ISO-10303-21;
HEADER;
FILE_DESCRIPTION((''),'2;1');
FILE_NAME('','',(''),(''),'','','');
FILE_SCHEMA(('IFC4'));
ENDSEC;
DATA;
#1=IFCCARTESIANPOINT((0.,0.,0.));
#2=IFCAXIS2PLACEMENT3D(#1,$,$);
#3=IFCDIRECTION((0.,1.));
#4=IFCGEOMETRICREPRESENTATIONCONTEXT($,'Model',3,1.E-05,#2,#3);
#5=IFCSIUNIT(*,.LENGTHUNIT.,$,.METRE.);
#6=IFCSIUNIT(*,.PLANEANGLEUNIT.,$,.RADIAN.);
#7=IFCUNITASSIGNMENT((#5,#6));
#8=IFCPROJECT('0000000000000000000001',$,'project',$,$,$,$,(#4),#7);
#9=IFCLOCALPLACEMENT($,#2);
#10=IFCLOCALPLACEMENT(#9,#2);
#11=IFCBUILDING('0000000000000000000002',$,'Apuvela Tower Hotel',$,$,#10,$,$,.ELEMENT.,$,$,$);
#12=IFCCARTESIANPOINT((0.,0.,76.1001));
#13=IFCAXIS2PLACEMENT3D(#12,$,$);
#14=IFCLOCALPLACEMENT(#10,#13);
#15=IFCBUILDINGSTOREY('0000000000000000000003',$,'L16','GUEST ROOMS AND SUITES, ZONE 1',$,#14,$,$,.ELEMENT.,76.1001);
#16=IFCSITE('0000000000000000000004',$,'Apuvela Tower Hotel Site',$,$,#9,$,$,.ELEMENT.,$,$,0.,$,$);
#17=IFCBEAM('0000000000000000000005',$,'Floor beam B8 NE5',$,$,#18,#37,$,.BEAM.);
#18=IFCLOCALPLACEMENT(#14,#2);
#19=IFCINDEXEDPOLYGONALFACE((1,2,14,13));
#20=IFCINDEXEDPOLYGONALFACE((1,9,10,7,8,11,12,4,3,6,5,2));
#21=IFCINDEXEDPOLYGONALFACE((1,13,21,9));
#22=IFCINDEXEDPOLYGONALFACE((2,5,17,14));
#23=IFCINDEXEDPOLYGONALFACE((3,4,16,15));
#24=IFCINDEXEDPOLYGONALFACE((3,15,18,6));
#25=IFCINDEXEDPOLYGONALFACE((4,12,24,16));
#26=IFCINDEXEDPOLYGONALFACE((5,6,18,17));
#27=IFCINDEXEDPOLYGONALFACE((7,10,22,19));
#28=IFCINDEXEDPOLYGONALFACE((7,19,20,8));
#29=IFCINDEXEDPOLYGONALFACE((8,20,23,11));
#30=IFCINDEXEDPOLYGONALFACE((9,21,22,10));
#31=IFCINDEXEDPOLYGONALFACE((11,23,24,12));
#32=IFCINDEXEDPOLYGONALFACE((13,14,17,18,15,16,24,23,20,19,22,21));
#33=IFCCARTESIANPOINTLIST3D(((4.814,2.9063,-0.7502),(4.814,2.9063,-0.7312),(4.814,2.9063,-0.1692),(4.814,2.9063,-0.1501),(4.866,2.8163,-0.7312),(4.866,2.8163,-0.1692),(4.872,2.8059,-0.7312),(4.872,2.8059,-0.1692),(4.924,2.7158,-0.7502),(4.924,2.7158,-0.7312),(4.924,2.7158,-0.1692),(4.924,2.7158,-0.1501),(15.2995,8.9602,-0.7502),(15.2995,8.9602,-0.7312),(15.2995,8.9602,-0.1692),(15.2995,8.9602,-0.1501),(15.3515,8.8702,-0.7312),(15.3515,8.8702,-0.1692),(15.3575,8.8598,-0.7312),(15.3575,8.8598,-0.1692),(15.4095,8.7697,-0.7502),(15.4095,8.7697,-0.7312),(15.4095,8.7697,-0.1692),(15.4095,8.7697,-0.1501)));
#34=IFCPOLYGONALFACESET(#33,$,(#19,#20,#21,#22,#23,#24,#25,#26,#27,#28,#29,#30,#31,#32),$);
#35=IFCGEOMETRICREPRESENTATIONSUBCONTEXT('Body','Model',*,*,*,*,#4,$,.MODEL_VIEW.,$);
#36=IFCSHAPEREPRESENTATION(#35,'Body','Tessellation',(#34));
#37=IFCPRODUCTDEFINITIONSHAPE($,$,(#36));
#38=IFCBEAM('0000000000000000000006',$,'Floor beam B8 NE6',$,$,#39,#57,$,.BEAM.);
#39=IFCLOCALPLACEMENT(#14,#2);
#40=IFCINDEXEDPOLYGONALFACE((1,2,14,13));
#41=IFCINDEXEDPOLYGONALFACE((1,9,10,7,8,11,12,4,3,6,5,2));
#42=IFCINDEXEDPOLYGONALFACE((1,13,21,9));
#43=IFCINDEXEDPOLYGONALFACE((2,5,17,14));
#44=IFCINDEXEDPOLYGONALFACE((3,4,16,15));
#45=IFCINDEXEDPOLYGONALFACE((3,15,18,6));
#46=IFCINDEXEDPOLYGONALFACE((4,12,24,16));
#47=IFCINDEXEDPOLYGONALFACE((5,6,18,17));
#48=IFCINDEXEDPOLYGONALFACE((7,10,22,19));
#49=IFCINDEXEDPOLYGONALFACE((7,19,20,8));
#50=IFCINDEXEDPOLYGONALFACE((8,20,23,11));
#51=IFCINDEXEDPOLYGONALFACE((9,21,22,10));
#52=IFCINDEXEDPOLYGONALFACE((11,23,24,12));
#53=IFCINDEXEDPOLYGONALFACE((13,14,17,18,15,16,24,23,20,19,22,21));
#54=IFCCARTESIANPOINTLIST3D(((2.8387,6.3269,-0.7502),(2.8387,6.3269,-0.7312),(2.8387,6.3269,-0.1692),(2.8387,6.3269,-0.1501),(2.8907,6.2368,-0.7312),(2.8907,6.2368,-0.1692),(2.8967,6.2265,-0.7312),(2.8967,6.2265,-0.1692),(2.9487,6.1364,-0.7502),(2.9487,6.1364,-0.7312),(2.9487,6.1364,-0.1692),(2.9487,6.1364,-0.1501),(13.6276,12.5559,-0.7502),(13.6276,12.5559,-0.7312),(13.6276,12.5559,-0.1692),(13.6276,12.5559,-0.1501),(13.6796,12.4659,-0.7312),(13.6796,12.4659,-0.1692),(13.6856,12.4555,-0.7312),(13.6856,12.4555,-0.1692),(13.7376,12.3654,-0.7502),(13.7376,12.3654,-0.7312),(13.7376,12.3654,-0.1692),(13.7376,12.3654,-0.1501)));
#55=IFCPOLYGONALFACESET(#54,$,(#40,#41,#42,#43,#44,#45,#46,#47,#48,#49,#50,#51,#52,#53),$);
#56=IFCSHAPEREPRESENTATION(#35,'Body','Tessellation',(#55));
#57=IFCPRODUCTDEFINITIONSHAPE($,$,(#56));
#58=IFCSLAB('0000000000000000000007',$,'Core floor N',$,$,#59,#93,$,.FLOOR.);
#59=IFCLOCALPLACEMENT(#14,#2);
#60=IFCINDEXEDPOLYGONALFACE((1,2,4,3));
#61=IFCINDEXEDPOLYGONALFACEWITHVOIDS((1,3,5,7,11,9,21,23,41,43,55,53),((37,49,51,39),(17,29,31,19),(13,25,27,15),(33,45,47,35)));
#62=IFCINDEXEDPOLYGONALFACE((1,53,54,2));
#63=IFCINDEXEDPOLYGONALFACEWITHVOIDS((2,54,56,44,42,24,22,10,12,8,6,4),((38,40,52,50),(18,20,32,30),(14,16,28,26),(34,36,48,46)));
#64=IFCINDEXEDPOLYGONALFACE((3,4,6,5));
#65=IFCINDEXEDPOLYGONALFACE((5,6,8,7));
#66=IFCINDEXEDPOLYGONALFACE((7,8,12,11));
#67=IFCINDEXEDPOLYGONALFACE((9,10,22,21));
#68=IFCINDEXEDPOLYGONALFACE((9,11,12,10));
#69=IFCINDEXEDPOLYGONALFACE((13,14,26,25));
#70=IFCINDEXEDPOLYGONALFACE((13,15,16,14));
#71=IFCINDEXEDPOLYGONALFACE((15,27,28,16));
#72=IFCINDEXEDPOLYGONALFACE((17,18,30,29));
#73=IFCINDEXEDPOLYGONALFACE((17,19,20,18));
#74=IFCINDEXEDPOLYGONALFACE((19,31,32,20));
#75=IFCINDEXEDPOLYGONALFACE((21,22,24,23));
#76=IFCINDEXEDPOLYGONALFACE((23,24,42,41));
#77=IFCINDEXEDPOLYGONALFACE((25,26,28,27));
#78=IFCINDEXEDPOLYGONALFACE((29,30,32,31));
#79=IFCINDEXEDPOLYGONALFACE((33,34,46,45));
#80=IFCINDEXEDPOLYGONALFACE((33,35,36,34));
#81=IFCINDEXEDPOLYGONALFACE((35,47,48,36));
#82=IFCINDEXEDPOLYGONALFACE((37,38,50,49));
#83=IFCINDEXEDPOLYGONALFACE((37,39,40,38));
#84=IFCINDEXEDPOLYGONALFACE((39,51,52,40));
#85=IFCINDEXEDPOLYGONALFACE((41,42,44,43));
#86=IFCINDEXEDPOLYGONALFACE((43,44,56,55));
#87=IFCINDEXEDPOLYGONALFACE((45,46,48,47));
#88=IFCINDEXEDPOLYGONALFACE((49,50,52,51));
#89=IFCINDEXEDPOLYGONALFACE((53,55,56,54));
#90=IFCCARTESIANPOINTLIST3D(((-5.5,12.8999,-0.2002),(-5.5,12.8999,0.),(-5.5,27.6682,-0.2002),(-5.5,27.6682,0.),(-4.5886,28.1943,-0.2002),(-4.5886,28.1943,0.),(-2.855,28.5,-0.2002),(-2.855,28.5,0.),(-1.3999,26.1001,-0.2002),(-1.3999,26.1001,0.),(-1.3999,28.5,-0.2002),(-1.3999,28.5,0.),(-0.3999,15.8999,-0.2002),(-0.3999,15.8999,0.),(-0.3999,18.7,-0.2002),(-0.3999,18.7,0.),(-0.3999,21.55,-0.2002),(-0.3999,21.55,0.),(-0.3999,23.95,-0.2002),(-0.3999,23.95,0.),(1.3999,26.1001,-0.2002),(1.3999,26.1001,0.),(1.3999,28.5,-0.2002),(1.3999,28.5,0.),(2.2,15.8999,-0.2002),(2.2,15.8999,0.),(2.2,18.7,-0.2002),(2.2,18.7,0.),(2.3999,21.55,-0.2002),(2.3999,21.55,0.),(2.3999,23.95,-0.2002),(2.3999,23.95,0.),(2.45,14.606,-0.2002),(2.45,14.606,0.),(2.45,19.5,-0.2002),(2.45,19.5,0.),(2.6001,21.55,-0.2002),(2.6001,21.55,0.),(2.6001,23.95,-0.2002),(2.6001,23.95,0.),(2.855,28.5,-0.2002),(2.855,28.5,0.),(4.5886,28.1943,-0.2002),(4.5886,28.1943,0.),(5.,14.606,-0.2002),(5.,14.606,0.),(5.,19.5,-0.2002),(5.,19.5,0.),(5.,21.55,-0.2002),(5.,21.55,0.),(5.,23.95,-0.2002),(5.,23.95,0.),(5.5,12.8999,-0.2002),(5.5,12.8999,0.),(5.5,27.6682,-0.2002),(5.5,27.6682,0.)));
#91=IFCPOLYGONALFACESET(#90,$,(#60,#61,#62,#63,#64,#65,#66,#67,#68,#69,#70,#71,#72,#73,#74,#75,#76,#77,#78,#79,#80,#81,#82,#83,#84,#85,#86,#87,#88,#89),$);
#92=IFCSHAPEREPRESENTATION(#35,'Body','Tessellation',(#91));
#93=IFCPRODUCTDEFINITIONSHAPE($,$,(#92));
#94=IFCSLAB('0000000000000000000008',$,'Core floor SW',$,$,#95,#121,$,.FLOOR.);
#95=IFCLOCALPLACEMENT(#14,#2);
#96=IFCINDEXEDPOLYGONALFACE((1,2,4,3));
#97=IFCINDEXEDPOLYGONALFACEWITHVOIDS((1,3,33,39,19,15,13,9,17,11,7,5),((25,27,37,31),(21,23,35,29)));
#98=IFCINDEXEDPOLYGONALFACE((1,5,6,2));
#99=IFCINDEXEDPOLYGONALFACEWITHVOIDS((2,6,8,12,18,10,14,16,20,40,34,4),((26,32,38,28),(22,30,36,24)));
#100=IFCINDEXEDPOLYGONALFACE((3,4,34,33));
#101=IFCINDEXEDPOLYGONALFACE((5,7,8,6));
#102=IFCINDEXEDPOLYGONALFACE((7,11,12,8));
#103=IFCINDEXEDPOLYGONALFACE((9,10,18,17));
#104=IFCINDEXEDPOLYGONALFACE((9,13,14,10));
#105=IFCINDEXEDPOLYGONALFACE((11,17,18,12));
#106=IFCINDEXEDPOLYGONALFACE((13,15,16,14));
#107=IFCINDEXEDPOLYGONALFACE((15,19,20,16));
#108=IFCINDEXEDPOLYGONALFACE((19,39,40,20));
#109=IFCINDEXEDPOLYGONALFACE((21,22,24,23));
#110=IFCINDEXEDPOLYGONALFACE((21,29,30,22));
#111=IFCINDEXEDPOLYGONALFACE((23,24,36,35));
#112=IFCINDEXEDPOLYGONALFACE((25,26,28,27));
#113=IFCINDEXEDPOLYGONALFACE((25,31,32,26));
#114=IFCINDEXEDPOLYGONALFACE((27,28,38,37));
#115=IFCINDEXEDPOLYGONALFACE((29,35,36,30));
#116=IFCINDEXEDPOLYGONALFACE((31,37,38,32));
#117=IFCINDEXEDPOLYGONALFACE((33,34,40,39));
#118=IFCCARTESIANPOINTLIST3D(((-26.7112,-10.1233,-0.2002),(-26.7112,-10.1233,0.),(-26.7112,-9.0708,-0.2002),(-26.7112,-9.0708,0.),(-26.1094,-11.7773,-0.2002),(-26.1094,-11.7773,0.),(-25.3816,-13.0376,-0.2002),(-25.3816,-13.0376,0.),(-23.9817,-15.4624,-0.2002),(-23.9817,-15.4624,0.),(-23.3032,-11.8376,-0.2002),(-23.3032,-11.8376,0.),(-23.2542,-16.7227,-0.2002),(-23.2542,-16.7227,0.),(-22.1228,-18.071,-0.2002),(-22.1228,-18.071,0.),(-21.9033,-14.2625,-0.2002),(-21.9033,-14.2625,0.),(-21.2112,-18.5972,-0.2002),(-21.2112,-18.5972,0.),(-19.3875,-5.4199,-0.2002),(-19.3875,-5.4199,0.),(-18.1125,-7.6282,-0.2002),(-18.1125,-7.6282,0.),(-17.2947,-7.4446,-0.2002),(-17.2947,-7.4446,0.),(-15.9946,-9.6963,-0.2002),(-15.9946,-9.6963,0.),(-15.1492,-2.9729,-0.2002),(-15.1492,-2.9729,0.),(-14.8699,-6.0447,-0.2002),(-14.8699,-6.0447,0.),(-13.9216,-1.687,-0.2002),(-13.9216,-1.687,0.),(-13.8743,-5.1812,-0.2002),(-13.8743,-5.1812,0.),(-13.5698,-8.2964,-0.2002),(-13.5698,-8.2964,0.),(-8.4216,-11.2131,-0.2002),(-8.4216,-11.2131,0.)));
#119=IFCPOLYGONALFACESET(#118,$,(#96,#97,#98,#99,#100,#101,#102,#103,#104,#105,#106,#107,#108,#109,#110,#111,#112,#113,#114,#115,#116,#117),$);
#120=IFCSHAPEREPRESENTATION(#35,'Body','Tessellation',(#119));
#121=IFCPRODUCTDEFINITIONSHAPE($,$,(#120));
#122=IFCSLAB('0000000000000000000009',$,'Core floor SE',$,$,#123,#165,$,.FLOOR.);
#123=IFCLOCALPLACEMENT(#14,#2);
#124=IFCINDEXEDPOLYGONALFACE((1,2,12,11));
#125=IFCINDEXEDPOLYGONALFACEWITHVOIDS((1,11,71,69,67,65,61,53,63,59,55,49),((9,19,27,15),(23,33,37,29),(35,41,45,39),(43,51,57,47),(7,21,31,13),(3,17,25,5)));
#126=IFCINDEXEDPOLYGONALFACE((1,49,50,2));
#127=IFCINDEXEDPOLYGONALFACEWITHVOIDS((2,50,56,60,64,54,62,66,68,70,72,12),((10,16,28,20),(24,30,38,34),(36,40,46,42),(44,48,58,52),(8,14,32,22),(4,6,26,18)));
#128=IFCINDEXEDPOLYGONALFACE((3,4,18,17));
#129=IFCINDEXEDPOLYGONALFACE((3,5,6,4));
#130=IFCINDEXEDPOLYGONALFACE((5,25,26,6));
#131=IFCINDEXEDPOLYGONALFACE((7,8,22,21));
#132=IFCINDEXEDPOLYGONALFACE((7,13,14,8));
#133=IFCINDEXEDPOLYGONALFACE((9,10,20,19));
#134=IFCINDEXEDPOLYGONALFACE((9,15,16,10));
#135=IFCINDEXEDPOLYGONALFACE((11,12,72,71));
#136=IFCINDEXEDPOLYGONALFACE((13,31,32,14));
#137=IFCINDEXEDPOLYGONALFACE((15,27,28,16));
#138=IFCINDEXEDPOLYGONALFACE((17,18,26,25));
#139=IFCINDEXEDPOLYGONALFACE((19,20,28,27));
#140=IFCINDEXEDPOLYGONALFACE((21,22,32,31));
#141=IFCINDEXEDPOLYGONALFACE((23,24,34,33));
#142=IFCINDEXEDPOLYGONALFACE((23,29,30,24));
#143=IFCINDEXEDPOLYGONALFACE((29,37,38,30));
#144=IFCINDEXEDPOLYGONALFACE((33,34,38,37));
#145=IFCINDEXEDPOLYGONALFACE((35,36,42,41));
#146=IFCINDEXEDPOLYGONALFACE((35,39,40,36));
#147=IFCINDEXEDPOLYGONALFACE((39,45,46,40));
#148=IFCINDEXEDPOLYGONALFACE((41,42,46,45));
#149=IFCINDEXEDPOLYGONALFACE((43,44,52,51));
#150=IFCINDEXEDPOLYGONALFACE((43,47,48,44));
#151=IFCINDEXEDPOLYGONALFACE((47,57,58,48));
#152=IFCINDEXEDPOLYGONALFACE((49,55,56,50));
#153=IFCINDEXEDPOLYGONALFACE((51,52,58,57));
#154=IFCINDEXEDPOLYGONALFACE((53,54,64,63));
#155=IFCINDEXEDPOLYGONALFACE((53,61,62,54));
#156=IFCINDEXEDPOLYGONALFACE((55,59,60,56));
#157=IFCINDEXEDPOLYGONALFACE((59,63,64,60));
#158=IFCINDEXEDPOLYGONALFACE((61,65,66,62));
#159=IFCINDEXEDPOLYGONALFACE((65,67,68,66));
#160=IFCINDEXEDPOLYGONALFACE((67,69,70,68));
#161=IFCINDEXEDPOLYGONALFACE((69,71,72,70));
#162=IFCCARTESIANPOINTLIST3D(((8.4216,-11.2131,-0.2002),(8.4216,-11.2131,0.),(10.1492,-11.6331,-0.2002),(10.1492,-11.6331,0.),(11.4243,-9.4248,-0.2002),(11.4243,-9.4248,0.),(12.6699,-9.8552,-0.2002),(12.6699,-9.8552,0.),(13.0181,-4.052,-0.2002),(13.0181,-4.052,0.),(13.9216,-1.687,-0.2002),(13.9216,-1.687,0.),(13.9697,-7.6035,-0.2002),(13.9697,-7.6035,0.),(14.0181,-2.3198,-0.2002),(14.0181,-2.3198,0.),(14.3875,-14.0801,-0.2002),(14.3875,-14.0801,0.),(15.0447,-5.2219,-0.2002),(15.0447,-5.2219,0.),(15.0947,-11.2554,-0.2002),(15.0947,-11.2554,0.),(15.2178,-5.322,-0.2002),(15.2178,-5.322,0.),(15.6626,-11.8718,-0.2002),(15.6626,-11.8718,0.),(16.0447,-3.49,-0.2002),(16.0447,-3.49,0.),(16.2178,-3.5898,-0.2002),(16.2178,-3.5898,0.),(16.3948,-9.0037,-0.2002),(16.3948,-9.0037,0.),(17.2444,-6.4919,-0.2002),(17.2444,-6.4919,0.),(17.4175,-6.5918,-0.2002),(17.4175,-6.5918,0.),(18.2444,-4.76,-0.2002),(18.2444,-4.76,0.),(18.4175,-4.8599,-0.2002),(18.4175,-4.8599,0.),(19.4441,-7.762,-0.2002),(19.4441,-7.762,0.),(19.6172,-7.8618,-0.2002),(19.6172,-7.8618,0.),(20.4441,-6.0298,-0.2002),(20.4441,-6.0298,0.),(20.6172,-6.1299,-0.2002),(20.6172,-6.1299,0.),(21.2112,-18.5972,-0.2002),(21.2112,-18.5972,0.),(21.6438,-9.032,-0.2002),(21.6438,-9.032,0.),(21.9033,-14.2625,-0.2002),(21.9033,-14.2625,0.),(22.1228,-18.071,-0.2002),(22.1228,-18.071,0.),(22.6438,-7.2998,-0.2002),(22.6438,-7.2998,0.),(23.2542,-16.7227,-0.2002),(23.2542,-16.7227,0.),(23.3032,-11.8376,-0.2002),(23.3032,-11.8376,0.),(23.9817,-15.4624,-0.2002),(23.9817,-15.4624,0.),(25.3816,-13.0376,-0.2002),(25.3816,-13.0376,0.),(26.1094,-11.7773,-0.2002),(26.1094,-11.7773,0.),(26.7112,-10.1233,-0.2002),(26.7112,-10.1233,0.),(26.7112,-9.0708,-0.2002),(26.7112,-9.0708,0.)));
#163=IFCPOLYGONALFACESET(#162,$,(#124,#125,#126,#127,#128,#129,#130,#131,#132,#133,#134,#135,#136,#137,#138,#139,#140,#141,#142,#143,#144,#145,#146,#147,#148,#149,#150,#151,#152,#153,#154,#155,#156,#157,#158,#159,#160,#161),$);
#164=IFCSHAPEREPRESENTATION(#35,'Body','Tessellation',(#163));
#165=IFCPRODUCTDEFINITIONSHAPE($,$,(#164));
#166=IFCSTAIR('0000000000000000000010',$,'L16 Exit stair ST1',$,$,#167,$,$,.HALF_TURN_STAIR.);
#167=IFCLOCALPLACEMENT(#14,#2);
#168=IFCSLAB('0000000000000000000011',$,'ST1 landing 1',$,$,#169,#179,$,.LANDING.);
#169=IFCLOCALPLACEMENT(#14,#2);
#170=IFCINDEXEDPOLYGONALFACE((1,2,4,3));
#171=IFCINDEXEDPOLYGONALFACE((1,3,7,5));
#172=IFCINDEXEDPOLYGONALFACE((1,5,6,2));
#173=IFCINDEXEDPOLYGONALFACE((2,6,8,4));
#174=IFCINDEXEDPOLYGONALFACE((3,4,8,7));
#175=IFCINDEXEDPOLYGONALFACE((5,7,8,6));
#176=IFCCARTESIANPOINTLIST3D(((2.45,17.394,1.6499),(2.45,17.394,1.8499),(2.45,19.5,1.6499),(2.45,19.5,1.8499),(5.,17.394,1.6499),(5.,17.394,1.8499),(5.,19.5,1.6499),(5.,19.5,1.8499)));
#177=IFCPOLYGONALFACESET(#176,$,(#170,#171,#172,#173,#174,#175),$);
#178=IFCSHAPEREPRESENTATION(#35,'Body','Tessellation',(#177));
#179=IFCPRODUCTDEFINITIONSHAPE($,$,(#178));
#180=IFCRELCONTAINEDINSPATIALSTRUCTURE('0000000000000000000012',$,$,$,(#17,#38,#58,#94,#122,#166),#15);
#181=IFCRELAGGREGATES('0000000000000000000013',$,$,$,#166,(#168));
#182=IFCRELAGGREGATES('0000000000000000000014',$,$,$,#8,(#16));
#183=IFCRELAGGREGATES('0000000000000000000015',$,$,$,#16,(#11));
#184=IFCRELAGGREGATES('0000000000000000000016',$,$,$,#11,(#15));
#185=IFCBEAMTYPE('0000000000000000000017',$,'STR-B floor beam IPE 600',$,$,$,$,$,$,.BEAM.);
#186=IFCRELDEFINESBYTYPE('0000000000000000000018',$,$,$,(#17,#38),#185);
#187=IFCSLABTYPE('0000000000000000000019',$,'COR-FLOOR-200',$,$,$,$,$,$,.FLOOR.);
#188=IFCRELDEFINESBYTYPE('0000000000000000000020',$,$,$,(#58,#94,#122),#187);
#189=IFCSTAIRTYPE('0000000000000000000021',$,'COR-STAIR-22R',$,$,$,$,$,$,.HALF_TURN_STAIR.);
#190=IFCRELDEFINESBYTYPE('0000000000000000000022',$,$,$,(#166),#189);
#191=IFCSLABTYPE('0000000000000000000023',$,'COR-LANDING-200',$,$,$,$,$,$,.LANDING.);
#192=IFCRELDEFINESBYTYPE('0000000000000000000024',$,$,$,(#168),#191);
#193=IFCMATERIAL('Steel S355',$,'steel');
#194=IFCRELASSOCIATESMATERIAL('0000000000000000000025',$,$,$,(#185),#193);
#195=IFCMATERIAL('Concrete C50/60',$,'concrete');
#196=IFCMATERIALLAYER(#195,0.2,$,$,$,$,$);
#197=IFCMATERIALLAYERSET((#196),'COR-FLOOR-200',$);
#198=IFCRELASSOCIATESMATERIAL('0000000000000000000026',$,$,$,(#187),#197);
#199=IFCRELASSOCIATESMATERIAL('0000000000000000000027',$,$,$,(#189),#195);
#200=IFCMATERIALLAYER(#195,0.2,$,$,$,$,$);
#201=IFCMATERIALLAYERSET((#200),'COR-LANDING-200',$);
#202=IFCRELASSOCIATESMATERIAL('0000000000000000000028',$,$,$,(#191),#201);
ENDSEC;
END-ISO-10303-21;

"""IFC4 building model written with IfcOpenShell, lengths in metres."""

from ifc_helpers import new_model, si_unit, direction, frame, origin, origin_2d, place, context, subcontext, project, spatial, polyline, i_section, outline, extrude, material, layer, layer_set, material_profile, profile_set, type_object, element, aggregate, save


model = new_model("IFC4")

# Units and contexts
model_context = context("Model", 3, precision=1e-05, world=origin(), true_north=direction((0.0, 1.0)))
body_context = subcontext(model_context, "Body", "Model", "MODEL_VIEW")
ifc_project = project(units=[si_unit("LENGTHUNIT", "METRE"), si_unit("PLANEANGLEUNIT", "RADIAN")], contexts=[model_context])

# Site, building, storey
site_placement = place(None, origin())
site = spatial("IfcSite", under=ifc_project, at=site_placement, Name="Apuvela Tower Hotel Site", CompositionType="ELEMENT", RefElevation=0.0)
building_placement = place(site_placement, origin())
building = spatial("IfcBuilding", under=site, at=building_placement, Name="Apuvela Tower Hotel", CompositionType="ELEMENT")
storey_placement = place(building_placement, frame((0.0, 0.0, 76.1001)))
storey = spatial("IfcBuildingStorey", under=building, at=storey_placement, Name="L16", Description="GUEST ROOMS AND SUITES, ZONE 1", CompositionType="ELEMENT", Elevation=76.1001)

# Beams
ifc_material_1 = material(Name="Steel S355", Category="steel")
ifc_material_profile = material_profile(ifc_material_1, i_section(OverallWidth=0.22, OverallDepth=0.6001, WebThickness=0.012, FlangeThickness=0.019, at=origin_2d()), Name="IPE 600")
ifc_profile_set = profile_set([ifc_material_profile], Name="Steel S355")
beam_type = type_object("IfcBeamType", Name="STR-B floor beam IPE 600", PredefinedType="BEAM", material=ifc_profile_set)
beam_1_placement = place(storey_placement, frame((15.3545, 8.865, -0.4502), z_axis=(-0.866022, -0.500006, 0.0), x_axis=(0.500006, -0.866022, 0.0)))
element("IfcBeam", 1, at=beam_1_placement, inside=storey, type_object=beam_type, Name="Floor beam B8 NE5", PredefinedType="BEAM", context=body_context, shape_type="SweptSolid", body=[
    extrude(i_section(OverallWidth=0.22, OverallDepth=0.6001, WebThickness=0.012, FlangeThickness=0.019, at=origin_2d()), origin(), (0.0, 0.0, 1.0), 12.1077),
])
beam_2_placement = place(storey_placement, frame((13.6826, 12.4607, -0.4502), z_axis=(-0.866023, -0.500005, 0.0), x_axis=(0.500005, -0.866023, 0.0)))
element("IfcBeam", 2, at=beam_2_placement, inside=storey, type_object=beam_type, Name="Floor beam B8 NE6", PredefinedType="BEAM", context=body_context, shape_type="SweptSolid", body=[
    extrude(i_section(OverallWidth=0.22, OverallDepth=0.6001, WebThickness=0.012, FlangeThickness=0.019, at=origin_2d()), origin(), (0.0, 0.0, 1.0), 12.458),
])

# Slabs
ifc_material_2 = material(Name="Concrete C50/60", Category="concrete")
ifc_layer_1 = layer(ifc_material_2, 0.2)
ifc_layer_set_1 = layer_set([ifc_layer_1], Name="COR-FLOOR-200")
slab_type_1 = type_object("IfcSlabType", Name="COR-FLOOR-200", PredefinedType="FLOOR", material=ifc_layer_set_1)
slab_1_placement = place(storey_placement, frame((0.0, 0.0, -0.2002)))
element("IfcSlab", 3, at=slab_1_placement, inside=storey, type_object=slab_type_1, Name="Core floor N", PredefinedType="FLOOR", context=body_context, shape_type="SweptSolid", body=[
    extrude(outline(polyline([(5.5, 27.6682), (4.5886, 28.1943), (2.855, 28.5), (1.3999, 28.5), (1.3999, 26.1001), (-1.3999, 26.1001), (-1.3999, 28.5), (-2.855, 28.5), (-4.5886, 28.1943), (-5.5, 27.6682), (-5.5, 12.8999), (5.5, 12.8999), (5.5, 27.6682)]), holes=[polyline([(5.0, 14.606), (2.45, 14.606), (2.45, 19.5), (5.0, 19.5), (5.0, 14.606)]), polyline([(2.2, 15.8999), (-0.3999, 15.8999), (-0.3999, 18.7), (2.2, 18.7), (2.2, 15.8999)]), polyline([(5.0, 21.55), (2.6001, 21.55), (2.6001, 23.95), (5.0, 23.95), (5.0, 21.55)]), polyline([(2.3999, 21.55), (-0.3999, 21.55), (-0.3999, 23.95), (2.3999, 23.95), (2.3999, 21.55)])]), origin(), (0.0, 0.0, 1.0), 0.2002),
])
slab_2_placement = place(storey_placement, frame((0.0, 0.0, -0.2002)))
element("IfcSlab", 4, at=slab_2_placement, inside=storey, type_object=slab_type_1, Name="Core floor SW", PredefinedType="FLOOR", context=body_context, shape_type="SweptSolid", body=[
    extrude(outline(polyline([(-26.7112, -9.0708), (-26.7112, -10.1233), (-26.1094, -11.7773), (-25.3816, -13.0376), (-23.3032, -11.8376), (-21.9033, -14.2625), (-23.9817, -15.4624), (-23.2542, -16.7227), (-22.1228, -18.071), (-21.2112, -18.5972), (-8.4216, -11.2131), (-13.9216, -1.687), (-26.7112, -9.0708)]), holes=[polyline([(-13.8743, -5.1812), (-18.1125, -7.6282), (-19.3875, -5.4199), (-15.1492, -2.9729), (-13.8743, -5.1812)]), polyline([(-13.5698, -8.2964), (-15.9946, -9.6963), (-17.2947, -7.4446), (-14.8699, -6.0447), (-13.5698, -8.2964)])]), origin(), (0.0, 0.0, 1.0), 0.2002),
])
slab_3_placement = place(storey_placement, frame((0.0, 0.0, -0.2002)))
element("IfcSlab", 5, at=slab_3_placement, inside=storey, type_object=slab_type_1, Name="Core floor SE", PredefinedType="FLOOR", context=body_context, shape_type="SweptSolid", body=[
    extrude(outline(polyline([(21.2112, -18.5972), (22.1228, -18.071), (23.2542, -16.7227), (23.9817, -15.4624), (21.9033, -14.2625), (23.3032, -11.8376), (25.3816, -13.0376), (26.1094, -11.7773), (26.7112, -10.1233), (26.7112, -9.0708), (13.9216, -1.687), (8.4216, -11.2131), (21.2112, -18.5972)]), holes=[polyline([(13.0181, -4.052), (14.0181, -2.3198), (16.0447, -3.49), (15.0447, -5.2219), (13.0181, -4.052)]), polyline([(17.2444, -6.4919), (15.2178, -5.322), (16.2178, -3.5898), (18.2444, -4.76), (17.2444, -6.4919)]), polyline([(14.3875, -14.0801), (10.1492, -11.6331), (11.4243, -9.4248), (15.6626, -11.8718), (14.3875, -14.0801)]), polyline([(12.6699, -9.8552), (13.9697, -7.6035), (16.3948, -9.0037), (15.0947, -11.2554), (12.6699, -9.8552)]), polyline([(19.4441, -7.762), (17.4175, -6.5918), (18.4175, -4.8599), (20.4441, -6.0298), (19.4441, -7.762)]), polyline([(21.6438, -9.032), (19.6172, -7.8618), (20.6172, -6.1299), (22.6438, -7.2998), (21.6438, -9.032)])]), origin(), (0.0, 0.0, 1.0), 0.2002),
])

# Stair, slab
stair_type = type_object("IfcStairType", Name="COR-STAIR-22R", PredefinedType="HALF_TURN_STAIR", material=ifc_material_2)
stair_1_placement = place(storey_placement, origin())
stair_1 = element("IfcStair", 6, at=stair_1_placement, inside=storey, type_object=stair_type, Name="L16 Exit stair ST1", PredefinedType="HALF_TURN_STAIR")
ifc_layer_2 = layer(ifc_material_2, 0.2)
ifc_layer_set_2 = layer_set([ifc_layer_2], Name="COR-LANDING-200")
slab_type_2 = type_object("IfcSlabType", Name="COR-LANDING-200", PredefinedType="LANDING", material=ifc_layer_set_2)
slab_4_placement = place(storey_placement, frame((0.0, 0.0, 1.6499)))
slab_4 = element("IfcSlab", 7, at=slab_4_placement, type_object=slab_type_2, Name="ST1 landing 1", PredefinedType="LANDING", context=body_context, shape_type="SweptSolid", body=[
    extrude(outline(polyline([(5.0, 17.394), (5.0, 19.5), (2.45, 19.5), (2.45, 17.394), (5.0, 17.394)])), origin(), (0.0, 0.0, 1.0), 0.2),
])
aggregate(stair_1, [slab_4])

save(model, "model.ifc")
